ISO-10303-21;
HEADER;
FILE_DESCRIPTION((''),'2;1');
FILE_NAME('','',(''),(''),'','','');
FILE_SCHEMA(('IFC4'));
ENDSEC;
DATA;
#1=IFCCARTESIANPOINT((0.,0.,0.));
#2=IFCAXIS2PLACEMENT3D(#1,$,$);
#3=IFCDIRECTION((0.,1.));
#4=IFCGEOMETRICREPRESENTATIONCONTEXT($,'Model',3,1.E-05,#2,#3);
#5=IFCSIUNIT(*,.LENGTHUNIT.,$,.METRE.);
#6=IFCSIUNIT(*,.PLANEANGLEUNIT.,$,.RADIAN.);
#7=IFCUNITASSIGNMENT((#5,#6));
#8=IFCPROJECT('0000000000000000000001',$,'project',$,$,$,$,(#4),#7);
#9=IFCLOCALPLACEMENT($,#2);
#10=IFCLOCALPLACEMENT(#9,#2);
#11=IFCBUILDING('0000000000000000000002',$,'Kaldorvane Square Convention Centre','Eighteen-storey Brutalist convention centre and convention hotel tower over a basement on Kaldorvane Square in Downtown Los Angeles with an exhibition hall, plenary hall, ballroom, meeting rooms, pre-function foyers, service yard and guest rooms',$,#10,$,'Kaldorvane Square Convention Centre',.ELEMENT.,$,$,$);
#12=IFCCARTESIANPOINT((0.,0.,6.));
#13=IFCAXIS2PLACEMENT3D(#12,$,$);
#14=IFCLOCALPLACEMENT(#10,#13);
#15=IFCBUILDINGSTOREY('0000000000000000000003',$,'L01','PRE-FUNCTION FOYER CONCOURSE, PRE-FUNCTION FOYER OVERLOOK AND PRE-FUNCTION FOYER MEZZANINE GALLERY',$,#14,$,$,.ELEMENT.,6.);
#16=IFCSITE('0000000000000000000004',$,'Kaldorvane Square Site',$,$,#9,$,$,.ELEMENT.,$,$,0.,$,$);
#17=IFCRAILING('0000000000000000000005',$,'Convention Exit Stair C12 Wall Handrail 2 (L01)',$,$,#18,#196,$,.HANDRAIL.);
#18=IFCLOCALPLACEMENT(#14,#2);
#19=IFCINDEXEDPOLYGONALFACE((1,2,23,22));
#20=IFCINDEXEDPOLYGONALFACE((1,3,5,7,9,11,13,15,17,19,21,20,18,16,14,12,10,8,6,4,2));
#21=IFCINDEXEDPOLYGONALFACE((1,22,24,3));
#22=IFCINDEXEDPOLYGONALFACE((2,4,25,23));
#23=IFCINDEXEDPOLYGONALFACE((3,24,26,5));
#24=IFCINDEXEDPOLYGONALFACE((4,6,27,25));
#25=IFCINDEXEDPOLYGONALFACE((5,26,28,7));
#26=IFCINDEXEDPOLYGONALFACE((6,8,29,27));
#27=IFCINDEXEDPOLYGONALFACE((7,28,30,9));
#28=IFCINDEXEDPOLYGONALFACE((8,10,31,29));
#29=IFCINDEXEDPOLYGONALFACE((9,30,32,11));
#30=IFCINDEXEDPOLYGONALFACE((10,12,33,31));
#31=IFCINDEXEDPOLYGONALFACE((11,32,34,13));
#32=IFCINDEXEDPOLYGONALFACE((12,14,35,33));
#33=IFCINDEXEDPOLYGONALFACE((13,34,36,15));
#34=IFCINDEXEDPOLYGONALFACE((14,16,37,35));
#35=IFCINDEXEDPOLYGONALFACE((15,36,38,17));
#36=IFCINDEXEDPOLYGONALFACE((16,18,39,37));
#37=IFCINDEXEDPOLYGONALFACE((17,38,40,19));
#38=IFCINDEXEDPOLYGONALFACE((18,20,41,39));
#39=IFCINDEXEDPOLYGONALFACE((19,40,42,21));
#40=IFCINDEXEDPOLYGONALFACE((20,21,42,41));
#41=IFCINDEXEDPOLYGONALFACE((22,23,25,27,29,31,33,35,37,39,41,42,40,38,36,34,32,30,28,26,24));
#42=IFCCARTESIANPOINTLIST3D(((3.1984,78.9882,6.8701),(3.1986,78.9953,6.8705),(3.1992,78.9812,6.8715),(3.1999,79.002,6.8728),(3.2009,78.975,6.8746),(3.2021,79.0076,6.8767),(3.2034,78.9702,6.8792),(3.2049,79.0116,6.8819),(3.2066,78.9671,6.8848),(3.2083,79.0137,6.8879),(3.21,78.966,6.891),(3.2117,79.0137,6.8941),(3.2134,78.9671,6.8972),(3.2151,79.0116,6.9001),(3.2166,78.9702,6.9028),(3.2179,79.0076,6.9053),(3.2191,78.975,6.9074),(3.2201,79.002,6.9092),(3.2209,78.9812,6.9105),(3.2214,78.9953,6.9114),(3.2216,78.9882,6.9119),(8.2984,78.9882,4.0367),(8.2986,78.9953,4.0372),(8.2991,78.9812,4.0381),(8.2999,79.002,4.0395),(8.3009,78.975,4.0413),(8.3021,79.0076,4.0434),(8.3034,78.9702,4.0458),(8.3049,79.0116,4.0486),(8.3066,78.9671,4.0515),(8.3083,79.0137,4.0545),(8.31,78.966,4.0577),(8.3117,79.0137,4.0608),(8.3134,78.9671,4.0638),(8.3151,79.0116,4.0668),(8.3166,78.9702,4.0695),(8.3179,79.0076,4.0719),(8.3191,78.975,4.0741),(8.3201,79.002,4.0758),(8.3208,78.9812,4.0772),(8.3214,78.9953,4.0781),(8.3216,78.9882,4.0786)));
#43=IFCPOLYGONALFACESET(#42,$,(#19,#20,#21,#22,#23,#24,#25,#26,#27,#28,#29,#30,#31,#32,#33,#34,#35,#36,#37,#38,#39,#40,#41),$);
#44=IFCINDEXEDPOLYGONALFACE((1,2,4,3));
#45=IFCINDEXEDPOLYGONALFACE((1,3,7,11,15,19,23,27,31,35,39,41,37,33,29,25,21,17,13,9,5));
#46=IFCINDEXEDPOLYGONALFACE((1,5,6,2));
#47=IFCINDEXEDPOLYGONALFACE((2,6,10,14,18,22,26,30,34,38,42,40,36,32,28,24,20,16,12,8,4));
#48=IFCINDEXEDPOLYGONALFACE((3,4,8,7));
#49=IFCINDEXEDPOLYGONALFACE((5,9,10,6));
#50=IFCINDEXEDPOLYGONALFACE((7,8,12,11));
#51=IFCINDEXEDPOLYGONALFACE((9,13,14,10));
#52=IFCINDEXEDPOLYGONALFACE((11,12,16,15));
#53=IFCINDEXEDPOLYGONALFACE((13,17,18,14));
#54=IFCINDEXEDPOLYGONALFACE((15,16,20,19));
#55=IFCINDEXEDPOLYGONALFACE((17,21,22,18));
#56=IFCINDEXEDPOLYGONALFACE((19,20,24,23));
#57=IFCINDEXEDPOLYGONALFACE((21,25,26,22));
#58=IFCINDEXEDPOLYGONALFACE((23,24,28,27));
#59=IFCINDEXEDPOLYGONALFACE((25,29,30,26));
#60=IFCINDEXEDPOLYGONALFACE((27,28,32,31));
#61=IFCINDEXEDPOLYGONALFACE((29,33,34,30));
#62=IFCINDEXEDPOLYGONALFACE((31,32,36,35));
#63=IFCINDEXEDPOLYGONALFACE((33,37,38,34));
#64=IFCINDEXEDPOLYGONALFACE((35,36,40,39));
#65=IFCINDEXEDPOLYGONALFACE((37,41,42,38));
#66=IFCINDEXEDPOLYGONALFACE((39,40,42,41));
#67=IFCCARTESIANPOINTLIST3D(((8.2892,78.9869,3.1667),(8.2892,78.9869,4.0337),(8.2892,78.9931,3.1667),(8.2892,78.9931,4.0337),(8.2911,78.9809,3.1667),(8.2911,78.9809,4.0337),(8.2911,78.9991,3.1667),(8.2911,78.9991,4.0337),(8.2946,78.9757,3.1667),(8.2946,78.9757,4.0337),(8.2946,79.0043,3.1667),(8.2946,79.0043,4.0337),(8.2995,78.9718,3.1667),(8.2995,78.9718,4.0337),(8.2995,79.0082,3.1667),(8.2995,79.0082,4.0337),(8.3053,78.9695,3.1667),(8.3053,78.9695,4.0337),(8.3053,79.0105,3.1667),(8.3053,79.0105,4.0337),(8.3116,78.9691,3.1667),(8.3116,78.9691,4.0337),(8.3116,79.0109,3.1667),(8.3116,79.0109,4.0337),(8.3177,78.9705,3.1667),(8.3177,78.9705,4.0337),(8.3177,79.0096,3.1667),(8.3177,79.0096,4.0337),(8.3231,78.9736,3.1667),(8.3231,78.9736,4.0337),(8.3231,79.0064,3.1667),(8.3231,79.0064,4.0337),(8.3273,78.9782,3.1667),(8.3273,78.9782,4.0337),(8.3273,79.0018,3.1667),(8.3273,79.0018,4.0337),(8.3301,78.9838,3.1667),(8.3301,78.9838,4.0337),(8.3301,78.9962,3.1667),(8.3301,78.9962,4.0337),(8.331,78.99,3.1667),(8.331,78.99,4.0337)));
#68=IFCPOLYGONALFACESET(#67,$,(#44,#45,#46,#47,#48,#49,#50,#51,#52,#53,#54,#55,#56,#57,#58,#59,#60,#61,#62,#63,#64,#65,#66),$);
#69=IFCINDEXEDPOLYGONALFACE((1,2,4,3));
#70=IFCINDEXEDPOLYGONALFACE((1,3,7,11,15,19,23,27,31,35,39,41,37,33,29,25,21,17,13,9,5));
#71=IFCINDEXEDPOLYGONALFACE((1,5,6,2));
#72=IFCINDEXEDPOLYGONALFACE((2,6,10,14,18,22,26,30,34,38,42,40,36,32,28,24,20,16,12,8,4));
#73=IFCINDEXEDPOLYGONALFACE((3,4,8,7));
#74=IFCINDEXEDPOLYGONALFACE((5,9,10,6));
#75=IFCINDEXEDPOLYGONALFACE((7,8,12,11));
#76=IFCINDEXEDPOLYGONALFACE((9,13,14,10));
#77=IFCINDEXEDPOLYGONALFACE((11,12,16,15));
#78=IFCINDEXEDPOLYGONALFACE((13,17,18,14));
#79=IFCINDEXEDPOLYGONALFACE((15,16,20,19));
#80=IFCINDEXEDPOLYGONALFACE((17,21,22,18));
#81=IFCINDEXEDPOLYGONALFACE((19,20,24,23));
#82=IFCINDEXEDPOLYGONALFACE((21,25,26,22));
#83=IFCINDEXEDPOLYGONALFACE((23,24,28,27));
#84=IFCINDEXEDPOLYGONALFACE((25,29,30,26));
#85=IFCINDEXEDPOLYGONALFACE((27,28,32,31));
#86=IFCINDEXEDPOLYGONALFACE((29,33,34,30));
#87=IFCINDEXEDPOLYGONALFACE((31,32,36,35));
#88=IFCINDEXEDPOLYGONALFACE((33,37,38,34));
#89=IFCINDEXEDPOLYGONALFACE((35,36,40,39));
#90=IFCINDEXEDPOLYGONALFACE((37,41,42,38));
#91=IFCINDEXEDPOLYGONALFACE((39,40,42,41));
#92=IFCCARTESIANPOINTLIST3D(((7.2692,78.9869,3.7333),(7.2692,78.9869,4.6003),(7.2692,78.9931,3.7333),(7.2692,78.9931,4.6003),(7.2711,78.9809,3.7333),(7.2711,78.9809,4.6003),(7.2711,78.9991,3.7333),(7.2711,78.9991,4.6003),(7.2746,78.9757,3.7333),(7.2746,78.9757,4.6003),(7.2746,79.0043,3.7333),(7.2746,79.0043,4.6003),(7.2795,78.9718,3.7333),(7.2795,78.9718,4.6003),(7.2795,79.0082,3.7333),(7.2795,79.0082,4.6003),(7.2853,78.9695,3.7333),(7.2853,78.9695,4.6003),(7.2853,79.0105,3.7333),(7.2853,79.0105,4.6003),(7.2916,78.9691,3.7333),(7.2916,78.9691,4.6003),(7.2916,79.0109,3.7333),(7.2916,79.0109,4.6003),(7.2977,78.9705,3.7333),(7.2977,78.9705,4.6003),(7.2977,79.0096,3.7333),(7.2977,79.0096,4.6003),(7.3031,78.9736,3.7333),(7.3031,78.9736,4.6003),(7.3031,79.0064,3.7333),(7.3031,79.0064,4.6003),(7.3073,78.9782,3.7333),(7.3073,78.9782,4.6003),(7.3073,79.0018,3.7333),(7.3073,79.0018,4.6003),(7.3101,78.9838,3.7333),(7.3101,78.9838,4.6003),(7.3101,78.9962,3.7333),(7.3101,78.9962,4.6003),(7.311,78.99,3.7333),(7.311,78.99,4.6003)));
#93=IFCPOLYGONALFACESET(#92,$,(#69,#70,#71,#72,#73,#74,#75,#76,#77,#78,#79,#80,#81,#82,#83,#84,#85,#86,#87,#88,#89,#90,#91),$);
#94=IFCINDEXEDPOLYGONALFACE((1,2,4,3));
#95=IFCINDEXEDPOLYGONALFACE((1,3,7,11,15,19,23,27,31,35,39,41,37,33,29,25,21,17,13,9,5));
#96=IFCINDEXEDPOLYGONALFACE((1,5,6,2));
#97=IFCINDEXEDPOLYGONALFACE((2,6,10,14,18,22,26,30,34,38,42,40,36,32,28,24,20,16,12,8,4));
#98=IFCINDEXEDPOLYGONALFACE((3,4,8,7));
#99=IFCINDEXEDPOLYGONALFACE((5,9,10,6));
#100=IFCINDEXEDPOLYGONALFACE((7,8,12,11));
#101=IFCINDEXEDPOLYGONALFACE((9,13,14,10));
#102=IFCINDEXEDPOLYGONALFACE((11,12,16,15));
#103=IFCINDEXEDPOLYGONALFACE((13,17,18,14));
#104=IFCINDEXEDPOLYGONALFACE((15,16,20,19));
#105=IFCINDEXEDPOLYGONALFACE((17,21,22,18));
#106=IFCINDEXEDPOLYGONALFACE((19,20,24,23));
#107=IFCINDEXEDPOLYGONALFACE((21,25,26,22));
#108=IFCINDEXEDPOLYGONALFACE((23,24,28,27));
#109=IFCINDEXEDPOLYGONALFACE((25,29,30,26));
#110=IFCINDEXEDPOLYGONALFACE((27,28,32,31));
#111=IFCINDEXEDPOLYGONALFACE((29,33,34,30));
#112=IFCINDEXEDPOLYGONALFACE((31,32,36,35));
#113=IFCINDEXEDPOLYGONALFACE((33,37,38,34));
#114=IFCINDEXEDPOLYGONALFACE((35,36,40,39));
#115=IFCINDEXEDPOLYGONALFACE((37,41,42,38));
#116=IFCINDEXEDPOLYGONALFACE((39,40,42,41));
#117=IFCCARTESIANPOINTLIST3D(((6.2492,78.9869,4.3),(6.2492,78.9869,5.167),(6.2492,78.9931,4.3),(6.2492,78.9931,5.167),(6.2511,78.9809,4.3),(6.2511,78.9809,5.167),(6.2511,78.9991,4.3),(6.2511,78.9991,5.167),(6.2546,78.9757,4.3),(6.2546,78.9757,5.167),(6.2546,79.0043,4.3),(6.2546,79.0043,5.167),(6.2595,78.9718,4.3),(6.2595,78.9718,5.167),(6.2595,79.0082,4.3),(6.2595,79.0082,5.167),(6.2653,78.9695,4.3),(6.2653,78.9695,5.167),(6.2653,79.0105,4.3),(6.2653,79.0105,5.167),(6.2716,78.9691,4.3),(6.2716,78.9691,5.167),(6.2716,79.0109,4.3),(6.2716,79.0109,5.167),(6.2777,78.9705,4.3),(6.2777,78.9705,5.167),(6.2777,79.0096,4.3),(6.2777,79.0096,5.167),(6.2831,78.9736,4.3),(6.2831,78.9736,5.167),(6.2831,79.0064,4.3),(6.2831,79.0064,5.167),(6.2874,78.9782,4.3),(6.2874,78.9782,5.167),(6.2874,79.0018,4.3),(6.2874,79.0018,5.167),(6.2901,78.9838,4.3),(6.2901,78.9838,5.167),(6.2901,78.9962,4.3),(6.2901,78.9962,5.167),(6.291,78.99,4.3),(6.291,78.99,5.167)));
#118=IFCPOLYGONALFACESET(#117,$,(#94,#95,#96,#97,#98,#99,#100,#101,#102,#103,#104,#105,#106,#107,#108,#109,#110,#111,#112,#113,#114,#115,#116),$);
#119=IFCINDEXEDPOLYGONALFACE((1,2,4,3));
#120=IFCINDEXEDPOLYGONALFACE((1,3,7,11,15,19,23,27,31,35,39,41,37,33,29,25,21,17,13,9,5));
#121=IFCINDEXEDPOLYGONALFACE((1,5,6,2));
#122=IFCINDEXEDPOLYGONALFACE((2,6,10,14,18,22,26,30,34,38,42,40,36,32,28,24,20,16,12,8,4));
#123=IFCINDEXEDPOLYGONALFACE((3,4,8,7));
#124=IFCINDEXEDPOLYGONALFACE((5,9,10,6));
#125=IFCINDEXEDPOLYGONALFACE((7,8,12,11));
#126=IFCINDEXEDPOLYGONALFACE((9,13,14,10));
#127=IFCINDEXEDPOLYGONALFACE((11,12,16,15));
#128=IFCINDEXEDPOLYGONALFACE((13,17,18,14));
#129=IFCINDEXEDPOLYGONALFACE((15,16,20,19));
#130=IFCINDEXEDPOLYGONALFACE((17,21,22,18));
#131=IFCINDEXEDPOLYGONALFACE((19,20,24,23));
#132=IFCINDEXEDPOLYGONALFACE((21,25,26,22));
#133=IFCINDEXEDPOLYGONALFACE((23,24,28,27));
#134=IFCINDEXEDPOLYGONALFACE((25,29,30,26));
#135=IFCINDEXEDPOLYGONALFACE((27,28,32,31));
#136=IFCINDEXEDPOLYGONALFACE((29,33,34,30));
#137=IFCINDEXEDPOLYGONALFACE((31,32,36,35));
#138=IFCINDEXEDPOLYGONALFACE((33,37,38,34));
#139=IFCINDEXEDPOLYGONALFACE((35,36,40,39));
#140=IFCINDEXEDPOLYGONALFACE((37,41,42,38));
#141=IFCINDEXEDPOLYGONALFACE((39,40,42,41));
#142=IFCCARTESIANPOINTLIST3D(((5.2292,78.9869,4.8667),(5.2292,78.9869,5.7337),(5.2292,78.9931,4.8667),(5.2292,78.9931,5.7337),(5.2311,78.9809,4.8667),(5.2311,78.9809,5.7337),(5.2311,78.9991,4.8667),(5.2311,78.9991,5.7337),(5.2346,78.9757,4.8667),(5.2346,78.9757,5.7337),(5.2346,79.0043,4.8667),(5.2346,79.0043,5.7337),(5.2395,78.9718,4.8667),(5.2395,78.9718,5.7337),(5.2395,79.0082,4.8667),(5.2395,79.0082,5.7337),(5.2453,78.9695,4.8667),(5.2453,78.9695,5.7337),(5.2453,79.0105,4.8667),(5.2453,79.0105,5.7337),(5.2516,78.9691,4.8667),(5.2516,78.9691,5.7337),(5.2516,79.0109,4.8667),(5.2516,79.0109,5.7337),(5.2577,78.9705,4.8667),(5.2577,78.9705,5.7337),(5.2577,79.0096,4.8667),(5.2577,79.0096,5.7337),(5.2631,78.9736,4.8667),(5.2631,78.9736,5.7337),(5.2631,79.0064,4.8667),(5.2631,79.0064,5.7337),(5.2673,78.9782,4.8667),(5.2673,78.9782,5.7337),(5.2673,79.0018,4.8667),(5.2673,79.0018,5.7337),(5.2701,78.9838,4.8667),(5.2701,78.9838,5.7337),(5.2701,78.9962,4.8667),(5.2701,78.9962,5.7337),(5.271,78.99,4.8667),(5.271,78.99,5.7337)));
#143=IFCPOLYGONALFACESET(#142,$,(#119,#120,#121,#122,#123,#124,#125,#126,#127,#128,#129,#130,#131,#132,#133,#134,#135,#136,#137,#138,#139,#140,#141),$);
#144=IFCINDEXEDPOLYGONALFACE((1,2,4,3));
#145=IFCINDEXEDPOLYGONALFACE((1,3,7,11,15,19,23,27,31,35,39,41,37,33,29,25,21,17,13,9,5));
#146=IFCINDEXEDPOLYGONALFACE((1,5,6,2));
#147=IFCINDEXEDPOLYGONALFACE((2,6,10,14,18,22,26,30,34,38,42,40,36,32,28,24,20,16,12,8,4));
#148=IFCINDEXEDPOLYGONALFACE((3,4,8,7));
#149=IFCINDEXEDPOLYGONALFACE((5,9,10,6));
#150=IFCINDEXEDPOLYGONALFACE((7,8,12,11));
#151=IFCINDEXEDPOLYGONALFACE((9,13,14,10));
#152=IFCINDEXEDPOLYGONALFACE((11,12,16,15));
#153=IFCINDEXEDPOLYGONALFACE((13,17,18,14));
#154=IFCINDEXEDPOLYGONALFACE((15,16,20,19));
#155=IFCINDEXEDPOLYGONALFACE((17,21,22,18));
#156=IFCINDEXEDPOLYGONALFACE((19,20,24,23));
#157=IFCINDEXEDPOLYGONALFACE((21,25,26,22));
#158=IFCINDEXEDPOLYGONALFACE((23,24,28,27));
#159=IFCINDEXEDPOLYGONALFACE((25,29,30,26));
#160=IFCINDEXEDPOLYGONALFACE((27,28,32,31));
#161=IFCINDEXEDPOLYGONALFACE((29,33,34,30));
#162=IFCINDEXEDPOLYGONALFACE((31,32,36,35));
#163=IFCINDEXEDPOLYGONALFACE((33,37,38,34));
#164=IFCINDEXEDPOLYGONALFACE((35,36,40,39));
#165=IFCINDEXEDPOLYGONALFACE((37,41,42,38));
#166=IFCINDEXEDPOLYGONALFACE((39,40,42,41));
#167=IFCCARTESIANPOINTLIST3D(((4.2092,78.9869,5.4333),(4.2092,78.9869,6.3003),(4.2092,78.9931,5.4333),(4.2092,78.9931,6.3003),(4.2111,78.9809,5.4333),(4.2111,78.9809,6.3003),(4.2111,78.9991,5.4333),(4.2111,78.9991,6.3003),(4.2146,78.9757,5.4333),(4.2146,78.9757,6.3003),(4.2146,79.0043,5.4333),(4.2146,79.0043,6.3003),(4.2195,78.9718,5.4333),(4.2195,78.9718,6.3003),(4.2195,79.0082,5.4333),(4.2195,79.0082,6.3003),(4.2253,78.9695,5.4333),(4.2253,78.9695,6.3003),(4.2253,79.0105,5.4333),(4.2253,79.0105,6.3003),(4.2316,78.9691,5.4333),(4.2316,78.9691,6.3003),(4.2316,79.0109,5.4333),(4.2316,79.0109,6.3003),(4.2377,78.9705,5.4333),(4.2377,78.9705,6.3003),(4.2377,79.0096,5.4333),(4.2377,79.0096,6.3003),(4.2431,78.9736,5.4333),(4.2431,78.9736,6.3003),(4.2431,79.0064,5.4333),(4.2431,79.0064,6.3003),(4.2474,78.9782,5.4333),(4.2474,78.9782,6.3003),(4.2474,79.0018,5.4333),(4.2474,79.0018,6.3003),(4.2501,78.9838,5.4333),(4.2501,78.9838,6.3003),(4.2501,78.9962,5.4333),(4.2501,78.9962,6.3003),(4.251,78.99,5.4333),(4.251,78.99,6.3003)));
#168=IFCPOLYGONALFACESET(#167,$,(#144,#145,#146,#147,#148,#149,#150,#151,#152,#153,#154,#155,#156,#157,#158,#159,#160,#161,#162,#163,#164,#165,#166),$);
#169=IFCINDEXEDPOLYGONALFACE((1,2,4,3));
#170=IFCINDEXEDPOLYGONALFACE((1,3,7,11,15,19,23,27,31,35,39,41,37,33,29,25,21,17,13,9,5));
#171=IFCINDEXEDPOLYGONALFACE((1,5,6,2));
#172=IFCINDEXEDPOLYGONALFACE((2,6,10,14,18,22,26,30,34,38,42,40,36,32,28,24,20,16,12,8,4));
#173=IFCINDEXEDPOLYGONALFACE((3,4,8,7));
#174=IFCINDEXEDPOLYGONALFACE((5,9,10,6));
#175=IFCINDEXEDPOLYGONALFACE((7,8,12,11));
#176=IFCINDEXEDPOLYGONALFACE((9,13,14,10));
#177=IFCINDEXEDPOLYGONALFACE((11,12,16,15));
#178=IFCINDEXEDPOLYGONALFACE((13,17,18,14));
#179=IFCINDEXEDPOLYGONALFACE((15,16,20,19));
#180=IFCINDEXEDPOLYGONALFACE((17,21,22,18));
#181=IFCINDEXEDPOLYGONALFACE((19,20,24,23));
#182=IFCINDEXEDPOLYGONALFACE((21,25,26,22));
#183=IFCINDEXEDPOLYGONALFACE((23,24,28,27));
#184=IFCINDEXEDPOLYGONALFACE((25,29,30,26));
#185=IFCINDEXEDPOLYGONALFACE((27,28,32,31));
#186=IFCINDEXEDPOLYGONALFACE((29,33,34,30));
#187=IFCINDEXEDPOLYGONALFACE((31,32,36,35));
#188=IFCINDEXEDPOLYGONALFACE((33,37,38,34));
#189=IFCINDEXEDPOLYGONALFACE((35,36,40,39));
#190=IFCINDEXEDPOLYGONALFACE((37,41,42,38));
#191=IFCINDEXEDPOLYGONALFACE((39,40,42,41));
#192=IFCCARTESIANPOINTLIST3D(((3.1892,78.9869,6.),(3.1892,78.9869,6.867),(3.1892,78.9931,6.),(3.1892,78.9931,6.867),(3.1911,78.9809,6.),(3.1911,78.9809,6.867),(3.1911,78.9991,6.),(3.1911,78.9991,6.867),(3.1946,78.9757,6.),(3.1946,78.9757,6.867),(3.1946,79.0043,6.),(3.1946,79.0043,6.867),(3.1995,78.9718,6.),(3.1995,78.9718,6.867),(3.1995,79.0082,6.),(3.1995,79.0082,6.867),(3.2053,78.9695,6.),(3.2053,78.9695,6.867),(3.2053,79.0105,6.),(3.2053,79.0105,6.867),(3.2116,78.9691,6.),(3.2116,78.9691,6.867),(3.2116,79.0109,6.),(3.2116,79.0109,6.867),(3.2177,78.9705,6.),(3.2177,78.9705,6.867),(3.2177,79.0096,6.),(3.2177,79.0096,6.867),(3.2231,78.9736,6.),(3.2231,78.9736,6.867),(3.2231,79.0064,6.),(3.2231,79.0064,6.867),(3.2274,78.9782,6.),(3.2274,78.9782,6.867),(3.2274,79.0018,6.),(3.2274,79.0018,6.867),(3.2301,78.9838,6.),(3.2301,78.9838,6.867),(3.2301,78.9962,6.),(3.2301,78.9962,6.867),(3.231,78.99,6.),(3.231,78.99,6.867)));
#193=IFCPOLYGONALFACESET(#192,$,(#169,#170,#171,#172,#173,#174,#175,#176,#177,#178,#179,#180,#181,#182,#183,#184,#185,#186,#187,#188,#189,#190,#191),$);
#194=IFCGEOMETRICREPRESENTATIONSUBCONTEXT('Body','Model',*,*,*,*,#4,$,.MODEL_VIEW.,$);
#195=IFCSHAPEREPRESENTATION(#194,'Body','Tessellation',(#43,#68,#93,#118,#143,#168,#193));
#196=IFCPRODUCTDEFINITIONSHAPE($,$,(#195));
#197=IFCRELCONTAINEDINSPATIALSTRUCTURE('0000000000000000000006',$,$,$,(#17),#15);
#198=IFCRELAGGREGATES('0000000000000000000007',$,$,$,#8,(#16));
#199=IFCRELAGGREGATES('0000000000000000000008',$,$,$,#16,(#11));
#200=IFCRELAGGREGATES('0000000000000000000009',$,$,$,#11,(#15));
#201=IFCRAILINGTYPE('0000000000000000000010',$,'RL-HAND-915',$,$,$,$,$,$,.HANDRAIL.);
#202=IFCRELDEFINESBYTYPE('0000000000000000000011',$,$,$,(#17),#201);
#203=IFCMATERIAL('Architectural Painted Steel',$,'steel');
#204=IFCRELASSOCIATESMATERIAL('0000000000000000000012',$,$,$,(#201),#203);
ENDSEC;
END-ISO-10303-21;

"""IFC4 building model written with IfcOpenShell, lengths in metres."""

from ifc_helpers import new_model, si_unit, direction, frame, origin, origin_2d, place, context, subcontext, project, spatial, circle, extrude, material, type_object, element, save


model = new_model("IFC4")

# Units and contexts
model_context = context("Model", 3, precision=1e-05, world=origin(), true_north=direction((0.0, 1.0)))
body_context = subcontext(model_context, "Body", "Model", "MODEL_VIEW")
ifc_project = project(units=[si_unit("LENGTHUNIT", "METRE"), si_unit("PLANEANGLEUNIT", "RADIAN")], contexts=[model_context])

# Site, building, storey
site_placement = place(None, origin())
site = spatial("IfcSite", under=ifc_project, at=site_placement, Name="Kaldorvane Square Site", CompositionType="ELEMENT", RefElevation=0.0)
building_placement = place(site_placement, origin())
building = spatial("IfcBuilding", under=site, at=building_placement, Name="Kaldorvane Square Convention Centre", Description="Eighteen-storey Brutalist convention centre and convention hotel tower over a basement on Kaldorvane Square in Downtown Los Angeles with an exhibition hall, plenary hall, ballroom, meeting rooms, pre-function foyers, service yard and guest rooms", LongName="Kaldorvane Square Convention Centre", CompositionType="ELEMENT")
storey_placement = place(building_placement, frame((0.0, 0.0, 6.0)))
storey = spatial("IfcBuildingStorey", under=building, at=storey_placement, Name="L01", Description="PRE-FUNCTION FOYER CONCOURSE, PRE-FUNCTION FOYER OVERLOOK AND PRE-FUNCTION FOYER MEZZANINE GALLERY", CompositionType="ELEMENT", Elevation=6.0)

# Railing
ifc_material_1 = material(Name="Architectural Painted Steel", Category="steel")
railing_type_1 = type_object("IfcRailingType", Name="RL-HAND-915", PredefinedType="HANDRAIL", material=ifc_material_1)
railing_1_placement = place(storey_placement, frame((8.31, 78.99, 3.1667)))
element("IfcRailing", 1, at=railing_1_placement, inside=storey, type_object=railing_type_1, Name="Convention Exit Stair C12 Wall Handrail 2 (L01)", PredefinedType="HANDRAIL", context=body_context, shape_type="SweptSolid", body=[
    extrude(circle(Radius=0.024, at=origin_2d()), frame((0.0, 0.0, 0.891), z_axis=(-0.874157, 0.0, 0.485643), x_axis=(0.0, -1.0, 0.0)), (0.0, 0.0, 1.0), 5.8342),
    extrude(circle(Radius=0.021, at=origin_2d()), origin(), (0.0, 0.0, 1.0), 0.867),
    extrude(circle(Radius=0.021, at=origin_2d()), frame((-1.02, 0.0, 0.5667)), (0.0, 0.0, 1.0), 0.867),
    extrude(circle(Radius=0.021, at=origin_2d()), frame((-2.04, 0.0, 1.1333)), (0.0, 0.0, 1.0), 0.867),
    extrude(circle(Radius=0.021, at=origin_2d()), frame((-3.06, 0.0, 1.7)), (0.0, 0.0, 1.0), 0.867),
    extrude(circle(Radius=0.021, at=origin_2d()), frame((-4.08, 0.0, 2.2667)), (0.0, 0.0, 1.0), 0.867),
    extrude(circle(Radius=0.021, at=origin_2d()), frame((-5.1, 0.0, 2.8333)), (0.0, 0.0, 1.0), 0.867),
])

save(model, "model.ifc")
